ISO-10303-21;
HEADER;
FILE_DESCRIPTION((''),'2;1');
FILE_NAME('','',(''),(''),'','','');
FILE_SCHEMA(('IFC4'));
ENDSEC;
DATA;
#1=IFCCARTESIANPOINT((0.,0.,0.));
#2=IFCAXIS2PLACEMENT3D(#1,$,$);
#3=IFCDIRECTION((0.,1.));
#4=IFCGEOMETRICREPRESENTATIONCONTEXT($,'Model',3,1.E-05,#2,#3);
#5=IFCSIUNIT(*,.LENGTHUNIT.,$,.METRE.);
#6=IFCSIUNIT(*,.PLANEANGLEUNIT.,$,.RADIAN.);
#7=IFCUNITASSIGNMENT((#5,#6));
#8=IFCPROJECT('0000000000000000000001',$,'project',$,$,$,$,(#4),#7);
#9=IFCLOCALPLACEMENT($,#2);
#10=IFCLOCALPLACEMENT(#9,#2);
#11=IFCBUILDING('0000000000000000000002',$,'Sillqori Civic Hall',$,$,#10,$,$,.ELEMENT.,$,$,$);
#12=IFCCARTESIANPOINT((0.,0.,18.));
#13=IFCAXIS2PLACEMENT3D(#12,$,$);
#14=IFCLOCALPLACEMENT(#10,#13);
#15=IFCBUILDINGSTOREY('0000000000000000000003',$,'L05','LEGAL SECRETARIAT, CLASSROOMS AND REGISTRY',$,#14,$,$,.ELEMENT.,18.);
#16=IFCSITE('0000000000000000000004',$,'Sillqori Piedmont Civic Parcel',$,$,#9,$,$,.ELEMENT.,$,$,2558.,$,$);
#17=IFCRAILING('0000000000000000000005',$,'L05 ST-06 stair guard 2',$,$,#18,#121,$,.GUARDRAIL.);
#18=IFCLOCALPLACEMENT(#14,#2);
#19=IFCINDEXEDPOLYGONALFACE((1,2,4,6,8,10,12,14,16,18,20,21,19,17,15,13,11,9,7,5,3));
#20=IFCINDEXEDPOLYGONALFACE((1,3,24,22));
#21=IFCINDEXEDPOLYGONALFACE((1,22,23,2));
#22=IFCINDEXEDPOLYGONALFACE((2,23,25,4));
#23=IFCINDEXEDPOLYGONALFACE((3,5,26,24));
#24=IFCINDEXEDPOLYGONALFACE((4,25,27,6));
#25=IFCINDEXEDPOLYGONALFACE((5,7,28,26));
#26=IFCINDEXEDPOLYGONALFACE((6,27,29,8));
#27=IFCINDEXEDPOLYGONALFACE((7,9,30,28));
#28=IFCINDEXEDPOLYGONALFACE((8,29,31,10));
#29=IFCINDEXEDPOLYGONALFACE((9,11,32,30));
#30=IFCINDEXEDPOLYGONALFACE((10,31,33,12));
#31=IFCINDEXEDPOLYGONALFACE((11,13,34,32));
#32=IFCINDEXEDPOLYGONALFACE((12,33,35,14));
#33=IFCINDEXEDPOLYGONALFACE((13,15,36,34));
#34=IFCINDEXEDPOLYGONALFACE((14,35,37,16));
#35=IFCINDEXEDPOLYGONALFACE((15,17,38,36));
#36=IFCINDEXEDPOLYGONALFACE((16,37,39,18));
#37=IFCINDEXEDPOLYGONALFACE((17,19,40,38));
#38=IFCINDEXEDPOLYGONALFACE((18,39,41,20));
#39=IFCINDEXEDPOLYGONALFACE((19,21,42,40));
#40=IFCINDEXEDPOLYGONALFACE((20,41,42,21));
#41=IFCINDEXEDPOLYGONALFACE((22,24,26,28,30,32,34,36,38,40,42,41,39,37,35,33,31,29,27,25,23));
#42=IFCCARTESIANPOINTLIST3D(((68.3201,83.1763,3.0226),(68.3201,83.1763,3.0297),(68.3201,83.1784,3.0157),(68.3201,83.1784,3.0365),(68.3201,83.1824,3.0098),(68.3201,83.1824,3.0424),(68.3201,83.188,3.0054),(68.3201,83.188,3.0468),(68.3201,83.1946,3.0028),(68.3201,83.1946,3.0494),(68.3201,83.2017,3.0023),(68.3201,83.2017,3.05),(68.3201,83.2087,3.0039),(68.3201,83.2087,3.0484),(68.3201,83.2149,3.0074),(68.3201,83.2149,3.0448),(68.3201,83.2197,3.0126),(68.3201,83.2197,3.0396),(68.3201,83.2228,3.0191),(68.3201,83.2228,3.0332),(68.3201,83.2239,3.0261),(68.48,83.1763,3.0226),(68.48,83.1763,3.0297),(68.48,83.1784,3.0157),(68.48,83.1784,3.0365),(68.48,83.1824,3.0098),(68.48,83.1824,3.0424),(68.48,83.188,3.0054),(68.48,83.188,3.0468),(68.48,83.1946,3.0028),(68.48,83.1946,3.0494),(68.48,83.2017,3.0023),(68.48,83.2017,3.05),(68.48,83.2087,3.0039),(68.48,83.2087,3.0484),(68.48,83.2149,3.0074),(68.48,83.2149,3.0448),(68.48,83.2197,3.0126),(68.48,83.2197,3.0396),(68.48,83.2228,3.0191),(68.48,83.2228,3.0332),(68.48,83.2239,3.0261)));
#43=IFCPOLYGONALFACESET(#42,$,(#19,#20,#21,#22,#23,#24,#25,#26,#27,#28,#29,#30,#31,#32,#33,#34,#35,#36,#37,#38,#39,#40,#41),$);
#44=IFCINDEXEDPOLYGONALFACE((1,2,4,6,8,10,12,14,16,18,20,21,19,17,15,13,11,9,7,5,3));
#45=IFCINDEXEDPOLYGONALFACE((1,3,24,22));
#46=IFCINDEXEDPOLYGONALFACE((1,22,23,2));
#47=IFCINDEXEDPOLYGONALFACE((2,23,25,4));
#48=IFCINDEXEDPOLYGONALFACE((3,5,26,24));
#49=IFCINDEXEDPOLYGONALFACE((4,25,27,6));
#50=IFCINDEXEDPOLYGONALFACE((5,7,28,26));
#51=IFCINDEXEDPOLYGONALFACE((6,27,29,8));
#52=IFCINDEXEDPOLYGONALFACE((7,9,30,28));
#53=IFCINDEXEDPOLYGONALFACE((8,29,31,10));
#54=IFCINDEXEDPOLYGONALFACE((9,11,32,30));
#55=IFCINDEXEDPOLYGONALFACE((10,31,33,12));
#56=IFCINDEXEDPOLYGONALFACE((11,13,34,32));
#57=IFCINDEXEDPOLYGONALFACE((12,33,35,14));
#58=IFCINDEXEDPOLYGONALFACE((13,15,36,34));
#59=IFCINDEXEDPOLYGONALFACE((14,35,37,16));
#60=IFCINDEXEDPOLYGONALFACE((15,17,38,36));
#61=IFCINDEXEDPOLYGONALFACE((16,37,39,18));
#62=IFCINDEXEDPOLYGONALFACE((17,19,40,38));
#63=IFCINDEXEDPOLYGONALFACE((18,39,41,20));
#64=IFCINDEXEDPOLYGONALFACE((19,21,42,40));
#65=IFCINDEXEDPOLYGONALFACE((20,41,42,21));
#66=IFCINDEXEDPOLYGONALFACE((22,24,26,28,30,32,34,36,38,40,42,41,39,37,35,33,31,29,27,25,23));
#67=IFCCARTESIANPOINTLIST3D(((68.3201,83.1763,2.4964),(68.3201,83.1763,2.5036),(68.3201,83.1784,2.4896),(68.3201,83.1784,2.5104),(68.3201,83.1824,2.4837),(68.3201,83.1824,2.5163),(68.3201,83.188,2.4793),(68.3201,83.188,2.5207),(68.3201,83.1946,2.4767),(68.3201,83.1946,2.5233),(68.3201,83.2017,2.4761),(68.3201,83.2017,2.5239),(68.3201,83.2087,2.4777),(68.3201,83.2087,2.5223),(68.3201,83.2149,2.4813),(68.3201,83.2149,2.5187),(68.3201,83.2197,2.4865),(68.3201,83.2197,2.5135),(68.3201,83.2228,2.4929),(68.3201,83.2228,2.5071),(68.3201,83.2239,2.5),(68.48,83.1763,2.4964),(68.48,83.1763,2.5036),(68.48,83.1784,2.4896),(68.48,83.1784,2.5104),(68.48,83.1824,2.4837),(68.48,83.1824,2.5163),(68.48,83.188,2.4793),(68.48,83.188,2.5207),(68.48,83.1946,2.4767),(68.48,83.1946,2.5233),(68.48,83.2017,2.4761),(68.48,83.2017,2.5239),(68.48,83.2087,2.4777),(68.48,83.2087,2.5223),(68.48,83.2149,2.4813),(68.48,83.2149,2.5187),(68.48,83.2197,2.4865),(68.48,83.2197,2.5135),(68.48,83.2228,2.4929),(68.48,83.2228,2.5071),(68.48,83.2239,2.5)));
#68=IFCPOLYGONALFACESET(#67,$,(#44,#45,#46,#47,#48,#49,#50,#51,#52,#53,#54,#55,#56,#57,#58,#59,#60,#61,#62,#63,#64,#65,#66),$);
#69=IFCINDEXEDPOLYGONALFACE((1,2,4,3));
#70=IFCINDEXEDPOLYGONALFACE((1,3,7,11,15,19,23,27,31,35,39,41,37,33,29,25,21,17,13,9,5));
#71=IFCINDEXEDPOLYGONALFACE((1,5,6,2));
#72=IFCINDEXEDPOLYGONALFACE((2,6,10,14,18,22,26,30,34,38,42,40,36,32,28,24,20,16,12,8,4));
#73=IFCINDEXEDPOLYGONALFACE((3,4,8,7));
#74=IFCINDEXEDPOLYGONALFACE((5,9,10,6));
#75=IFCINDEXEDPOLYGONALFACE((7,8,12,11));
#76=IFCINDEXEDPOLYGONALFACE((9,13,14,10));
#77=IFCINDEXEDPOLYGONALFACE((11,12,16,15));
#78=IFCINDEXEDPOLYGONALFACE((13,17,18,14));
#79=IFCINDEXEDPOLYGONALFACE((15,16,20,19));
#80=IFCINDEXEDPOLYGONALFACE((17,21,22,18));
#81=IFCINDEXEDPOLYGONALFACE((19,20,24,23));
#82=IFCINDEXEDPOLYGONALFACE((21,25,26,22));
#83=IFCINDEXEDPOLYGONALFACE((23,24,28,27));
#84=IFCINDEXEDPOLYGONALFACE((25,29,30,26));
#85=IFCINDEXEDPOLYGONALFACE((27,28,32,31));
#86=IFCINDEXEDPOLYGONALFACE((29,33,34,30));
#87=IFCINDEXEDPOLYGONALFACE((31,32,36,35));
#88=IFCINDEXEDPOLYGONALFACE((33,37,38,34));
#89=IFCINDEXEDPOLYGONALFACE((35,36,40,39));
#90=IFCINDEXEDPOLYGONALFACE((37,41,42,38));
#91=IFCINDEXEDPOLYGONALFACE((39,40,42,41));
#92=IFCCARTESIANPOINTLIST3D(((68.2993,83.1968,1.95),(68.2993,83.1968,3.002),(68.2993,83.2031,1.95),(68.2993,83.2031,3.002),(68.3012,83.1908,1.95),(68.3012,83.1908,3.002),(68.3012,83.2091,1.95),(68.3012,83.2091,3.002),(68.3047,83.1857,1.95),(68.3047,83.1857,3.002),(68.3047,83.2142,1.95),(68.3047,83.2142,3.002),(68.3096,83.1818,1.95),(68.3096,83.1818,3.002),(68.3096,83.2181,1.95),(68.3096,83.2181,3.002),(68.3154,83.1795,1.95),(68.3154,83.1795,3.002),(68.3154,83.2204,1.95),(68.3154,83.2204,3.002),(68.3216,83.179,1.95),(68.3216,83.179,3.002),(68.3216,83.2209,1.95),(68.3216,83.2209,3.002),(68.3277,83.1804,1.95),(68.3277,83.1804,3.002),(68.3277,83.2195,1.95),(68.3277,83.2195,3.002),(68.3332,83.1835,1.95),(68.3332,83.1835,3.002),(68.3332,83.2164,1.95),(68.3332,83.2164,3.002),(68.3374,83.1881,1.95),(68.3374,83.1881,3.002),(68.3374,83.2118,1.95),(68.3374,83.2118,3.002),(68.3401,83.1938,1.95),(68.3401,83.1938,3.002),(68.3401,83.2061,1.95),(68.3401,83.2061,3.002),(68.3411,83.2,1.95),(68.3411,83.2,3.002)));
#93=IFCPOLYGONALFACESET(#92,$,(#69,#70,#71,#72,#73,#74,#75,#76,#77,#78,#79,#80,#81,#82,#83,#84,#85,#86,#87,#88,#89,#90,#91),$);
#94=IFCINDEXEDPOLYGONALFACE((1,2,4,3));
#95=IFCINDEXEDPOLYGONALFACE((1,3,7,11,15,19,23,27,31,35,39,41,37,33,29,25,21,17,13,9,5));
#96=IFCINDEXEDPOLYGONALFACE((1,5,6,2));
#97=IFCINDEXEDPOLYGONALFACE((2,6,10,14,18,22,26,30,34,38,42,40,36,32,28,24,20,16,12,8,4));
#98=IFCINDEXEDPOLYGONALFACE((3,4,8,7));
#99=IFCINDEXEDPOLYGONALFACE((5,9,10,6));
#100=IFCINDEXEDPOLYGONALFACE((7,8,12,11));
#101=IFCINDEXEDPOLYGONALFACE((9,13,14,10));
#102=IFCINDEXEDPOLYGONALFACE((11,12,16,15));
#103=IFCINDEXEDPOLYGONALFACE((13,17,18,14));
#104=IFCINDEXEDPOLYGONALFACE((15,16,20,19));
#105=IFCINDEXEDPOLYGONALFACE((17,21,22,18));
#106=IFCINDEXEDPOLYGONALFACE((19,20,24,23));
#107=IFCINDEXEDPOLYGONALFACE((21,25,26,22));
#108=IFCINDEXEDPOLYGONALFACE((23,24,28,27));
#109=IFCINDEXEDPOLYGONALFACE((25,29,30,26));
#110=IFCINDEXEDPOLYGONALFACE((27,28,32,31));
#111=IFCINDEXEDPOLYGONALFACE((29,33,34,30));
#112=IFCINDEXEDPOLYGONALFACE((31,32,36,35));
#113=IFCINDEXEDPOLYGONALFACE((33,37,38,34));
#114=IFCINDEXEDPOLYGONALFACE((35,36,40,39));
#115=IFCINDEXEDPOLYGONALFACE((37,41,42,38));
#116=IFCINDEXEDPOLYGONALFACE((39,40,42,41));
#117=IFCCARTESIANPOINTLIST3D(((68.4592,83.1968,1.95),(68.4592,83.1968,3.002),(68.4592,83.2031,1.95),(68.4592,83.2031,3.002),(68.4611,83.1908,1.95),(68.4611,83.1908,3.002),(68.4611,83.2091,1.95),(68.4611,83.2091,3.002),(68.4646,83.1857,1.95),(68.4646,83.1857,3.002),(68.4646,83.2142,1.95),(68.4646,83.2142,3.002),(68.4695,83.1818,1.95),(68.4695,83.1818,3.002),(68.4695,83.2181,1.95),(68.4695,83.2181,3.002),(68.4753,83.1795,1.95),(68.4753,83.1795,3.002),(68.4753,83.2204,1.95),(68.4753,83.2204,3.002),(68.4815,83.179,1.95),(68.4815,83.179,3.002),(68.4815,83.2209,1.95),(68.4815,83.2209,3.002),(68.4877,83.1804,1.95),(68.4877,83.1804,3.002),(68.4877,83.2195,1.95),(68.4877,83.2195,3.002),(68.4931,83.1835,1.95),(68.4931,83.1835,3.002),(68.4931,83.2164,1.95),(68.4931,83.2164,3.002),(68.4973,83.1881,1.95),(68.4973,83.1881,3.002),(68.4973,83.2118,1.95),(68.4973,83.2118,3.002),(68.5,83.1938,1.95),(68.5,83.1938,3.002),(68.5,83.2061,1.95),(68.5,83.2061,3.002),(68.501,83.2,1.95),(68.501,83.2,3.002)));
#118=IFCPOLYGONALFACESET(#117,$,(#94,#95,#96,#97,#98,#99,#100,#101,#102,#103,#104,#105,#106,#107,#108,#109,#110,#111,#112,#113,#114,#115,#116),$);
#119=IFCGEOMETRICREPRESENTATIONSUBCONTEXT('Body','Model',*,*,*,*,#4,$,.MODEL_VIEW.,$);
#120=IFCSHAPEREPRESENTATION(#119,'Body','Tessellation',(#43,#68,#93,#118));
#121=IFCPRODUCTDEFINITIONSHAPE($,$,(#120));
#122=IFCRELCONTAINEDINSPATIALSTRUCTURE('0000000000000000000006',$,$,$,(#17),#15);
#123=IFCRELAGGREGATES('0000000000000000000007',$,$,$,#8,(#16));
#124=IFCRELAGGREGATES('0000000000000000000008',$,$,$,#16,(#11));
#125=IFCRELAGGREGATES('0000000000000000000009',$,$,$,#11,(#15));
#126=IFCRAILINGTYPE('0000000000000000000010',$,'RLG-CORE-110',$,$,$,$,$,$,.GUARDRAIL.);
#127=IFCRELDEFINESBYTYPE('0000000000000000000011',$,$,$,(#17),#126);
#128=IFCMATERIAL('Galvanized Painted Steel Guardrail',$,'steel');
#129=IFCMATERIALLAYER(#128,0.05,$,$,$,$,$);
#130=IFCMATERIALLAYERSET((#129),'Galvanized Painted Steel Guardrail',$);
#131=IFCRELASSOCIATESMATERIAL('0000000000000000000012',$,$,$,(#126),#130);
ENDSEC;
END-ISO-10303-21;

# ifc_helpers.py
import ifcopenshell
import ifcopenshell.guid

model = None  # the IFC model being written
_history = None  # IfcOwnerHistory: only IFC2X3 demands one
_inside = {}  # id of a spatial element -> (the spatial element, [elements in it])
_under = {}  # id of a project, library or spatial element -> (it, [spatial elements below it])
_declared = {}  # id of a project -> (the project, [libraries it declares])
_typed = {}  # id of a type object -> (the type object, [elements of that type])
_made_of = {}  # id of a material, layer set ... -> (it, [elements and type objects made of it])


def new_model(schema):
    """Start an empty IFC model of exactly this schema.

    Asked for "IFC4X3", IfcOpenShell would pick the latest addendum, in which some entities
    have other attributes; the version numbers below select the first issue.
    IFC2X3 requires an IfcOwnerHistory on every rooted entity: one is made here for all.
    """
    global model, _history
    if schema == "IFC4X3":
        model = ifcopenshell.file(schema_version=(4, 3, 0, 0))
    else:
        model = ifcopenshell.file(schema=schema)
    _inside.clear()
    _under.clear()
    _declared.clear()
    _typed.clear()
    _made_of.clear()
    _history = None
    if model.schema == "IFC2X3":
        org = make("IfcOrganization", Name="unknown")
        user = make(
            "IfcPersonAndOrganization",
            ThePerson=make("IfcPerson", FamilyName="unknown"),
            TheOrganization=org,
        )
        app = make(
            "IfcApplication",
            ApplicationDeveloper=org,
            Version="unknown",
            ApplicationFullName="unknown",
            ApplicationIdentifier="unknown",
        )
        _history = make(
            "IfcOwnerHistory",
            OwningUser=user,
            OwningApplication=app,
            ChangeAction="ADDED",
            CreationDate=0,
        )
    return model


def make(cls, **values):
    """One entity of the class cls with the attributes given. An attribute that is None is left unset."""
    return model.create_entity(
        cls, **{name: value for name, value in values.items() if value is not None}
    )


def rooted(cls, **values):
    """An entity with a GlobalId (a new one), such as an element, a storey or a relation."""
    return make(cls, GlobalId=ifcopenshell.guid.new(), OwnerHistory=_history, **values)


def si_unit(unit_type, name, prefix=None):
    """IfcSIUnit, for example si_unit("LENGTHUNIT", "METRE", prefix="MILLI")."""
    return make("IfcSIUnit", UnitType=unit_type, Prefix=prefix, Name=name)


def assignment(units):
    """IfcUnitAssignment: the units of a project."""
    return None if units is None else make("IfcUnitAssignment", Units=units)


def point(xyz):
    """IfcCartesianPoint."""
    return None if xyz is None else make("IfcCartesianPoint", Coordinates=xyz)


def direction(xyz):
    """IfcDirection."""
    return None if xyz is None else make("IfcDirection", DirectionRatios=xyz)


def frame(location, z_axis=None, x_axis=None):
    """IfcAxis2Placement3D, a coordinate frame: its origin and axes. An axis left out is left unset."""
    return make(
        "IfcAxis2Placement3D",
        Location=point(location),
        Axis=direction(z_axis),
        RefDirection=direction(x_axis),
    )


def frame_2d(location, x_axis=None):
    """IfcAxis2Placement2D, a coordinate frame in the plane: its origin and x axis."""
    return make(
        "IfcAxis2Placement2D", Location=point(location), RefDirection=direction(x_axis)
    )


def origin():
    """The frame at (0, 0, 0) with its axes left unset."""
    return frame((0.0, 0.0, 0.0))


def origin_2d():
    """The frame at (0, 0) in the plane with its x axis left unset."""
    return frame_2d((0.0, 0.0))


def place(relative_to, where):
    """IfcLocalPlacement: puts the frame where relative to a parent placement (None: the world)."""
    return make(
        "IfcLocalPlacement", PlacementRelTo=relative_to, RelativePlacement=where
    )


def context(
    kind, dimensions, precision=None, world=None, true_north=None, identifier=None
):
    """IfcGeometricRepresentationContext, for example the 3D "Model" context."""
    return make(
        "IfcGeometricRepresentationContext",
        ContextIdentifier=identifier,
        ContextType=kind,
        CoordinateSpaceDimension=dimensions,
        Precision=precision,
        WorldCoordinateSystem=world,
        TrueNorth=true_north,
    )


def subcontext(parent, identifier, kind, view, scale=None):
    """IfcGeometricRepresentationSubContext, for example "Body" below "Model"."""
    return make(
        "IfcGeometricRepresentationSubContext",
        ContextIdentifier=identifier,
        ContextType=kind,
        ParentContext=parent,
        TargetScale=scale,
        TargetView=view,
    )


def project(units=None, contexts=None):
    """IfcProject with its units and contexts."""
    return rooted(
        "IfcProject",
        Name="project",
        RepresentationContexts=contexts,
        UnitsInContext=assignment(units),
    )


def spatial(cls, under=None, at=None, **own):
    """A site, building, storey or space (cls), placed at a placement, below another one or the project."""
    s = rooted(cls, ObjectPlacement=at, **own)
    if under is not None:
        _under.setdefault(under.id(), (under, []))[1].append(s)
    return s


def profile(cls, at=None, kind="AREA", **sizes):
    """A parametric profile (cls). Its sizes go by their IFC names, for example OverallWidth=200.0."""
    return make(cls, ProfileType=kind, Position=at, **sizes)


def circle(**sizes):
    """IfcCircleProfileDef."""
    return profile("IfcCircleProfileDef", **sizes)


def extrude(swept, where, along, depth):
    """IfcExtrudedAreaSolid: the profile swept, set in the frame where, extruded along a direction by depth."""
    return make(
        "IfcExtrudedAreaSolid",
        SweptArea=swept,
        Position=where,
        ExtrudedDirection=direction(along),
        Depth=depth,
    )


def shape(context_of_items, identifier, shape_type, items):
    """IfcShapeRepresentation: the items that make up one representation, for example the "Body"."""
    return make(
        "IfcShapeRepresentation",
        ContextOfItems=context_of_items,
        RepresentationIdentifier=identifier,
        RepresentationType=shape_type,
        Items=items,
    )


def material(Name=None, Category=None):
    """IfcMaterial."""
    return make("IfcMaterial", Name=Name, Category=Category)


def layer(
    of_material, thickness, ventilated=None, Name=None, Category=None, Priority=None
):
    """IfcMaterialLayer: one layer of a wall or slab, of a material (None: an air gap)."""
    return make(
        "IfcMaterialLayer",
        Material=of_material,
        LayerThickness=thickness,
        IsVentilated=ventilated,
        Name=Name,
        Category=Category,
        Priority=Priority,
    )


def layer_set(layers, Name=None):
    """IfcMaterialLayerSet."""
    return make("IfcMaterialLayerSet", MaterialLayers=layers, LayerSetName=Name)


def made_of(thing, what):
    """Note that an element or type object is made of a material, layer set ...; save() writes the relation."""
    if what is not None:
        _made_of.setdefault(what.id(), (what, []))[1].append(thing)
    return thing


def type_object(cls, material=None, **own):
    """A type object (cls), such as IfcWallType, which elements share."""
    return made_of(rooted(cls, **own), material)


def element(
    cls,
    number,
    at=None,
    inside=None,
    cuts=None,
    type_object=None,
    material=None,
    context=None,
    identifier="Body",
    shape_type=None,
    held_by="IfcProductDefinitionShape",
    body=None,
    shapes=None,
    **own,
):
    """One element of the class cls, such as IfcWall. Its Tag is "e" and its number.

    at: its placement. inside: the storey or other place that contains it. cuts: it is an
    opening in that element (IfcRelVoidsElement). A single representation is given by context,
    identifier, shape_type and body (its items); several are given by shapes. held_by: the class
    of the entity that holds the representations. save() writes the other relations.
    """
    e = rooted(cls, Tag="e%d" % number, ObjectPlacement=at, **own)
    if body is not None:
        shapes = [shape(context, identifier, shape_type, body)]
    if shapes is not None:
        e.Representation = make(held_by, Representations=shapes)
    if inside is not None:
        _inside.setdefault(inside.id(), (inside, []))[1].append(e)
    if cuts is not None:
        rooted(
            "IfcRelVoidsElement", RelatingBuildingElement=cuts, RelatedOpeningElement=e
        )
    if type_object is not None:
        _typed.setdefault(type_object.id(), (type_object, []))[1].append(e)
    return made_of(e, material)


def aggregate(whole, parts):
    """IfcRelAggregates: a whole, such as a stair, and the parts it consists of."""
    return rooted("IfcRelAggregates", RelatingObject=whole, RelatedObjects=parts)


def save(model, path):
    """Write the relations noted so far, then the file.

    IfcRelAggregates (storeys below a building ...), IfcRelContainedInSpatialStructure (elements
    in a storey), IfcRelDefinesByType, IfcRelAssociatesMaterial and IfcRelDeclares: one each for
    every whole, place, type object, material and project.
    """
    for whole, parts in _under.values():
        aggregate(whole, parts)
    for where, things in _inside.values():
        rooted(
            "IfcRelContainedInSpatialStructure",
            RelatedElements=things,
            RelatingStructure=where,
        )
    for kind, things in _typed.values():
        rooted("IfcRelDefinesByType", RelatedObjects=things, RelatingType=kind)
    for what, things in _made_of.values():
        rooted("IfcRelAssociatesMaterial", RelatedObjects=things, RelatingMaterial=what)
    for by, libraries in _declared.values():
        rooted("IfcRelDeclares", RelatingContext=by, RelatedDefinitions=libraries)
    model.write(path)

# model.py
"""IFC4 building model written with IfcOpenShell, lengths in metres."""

from ifc_helpers import new_model, si_unit, direction, frame, origin, origin_2d, place, context, subcontext, project, spatial, circle, extrude, material, layer, layer_set, type_object, element, save


model = new_model("IFC4")

# Units and contexts
model_context = context("Model", 3, precision=1e-05, world=origin(), true_north=direction((0.0, 1.0)))
body_context = subcontext(model_context, "Body", "Model", "MODEL_VIEW")
ifc_project = project(units=[si_unit("LENGTHUNIT", "METRE"), si_unit("PLANEANGLEUNIT", "RADIAN")], contexts=[model_context])

# Site, building, storey
site_placement = place(None, origin())
site = spatial("IfcSite", under=ifc_project, at=site_placement, Name="Sillqori Piedmont Civic Parcel", CompositionType="ELEMENT", RefElevation=2558.0)
building_placement = place(site_placement, origin())
building = spatial("IfcBuilding", under=site, at=building_placement, Name="Sillqori Civic Hall", CompositionType="ELEMENT")
storey_placement = place(building_placement, frame((0.0, 0.0, 18.0)))
storey = spatial("IfcBuildingStorey", under=building, at=storey_placement, Name="L05", Description="LEGAL SECRETARIAT, CLASSROOMS AND REGISTRY", CompositionType="ELEMENT", Elevation=18.0)

# Railing
ifc_material_1 = material(Name="Galvanized Painted Steel Guardrail", Category="steel")
ifc_layer_1 = layer(ifc_material_1, 0.05)
ifc_layer_set_1 = layer_set([ifc_layer_1], Name="Galvanized Painted Steel Guardrail")
railing_type_1 = type_object("IfcRailingType", Name="RLG-CORE-110", PredefinedType="GUARDRAIL", material=ifc_layer_set_1)
railing_1_placement = place(storey_placement, frame((68.3201, 83.2, 1.95)))
element("IfcRailing", 1, at=railing_1_placement, inside=storey, type_object=railing_type_1, Name="L05 ST-06 stair guard 2", PredefinedType="GUARDRAIL", context=body_context, shape_type="SweptSolid", body=[
    extrude(circle(Radius=0.0239, at=origin_2d()), frame((0.0, 0.0, 1.0762), z_axis=(1.0, 0.0, 0.0), x_axis=(0.0, 1.0, 0.0)), (0.0, 0.0, 1.0), 0.1599),
    extrude(circle(Radius=0.0239, at=origin_2d()), frame((0.0, 0.0, 0.55), z_axis=(1.0, 0.0, 0.0), x_axis=(0.0, 1.0, 0.0)), (0.0, 0.0, 1.0), 0.1599),
    extrude(circle(Radius=0.021, at=origin_2d()), origin(), (0.0, 0.0, 1.0), 1.052),
    extrude(circle(Radius=0.021, at=origin_2d()), frame((0.1599, 0.0, 0.0)), (0.0, 0.0, 1.0), 1.052),
])

save(model, "model.ifc")
